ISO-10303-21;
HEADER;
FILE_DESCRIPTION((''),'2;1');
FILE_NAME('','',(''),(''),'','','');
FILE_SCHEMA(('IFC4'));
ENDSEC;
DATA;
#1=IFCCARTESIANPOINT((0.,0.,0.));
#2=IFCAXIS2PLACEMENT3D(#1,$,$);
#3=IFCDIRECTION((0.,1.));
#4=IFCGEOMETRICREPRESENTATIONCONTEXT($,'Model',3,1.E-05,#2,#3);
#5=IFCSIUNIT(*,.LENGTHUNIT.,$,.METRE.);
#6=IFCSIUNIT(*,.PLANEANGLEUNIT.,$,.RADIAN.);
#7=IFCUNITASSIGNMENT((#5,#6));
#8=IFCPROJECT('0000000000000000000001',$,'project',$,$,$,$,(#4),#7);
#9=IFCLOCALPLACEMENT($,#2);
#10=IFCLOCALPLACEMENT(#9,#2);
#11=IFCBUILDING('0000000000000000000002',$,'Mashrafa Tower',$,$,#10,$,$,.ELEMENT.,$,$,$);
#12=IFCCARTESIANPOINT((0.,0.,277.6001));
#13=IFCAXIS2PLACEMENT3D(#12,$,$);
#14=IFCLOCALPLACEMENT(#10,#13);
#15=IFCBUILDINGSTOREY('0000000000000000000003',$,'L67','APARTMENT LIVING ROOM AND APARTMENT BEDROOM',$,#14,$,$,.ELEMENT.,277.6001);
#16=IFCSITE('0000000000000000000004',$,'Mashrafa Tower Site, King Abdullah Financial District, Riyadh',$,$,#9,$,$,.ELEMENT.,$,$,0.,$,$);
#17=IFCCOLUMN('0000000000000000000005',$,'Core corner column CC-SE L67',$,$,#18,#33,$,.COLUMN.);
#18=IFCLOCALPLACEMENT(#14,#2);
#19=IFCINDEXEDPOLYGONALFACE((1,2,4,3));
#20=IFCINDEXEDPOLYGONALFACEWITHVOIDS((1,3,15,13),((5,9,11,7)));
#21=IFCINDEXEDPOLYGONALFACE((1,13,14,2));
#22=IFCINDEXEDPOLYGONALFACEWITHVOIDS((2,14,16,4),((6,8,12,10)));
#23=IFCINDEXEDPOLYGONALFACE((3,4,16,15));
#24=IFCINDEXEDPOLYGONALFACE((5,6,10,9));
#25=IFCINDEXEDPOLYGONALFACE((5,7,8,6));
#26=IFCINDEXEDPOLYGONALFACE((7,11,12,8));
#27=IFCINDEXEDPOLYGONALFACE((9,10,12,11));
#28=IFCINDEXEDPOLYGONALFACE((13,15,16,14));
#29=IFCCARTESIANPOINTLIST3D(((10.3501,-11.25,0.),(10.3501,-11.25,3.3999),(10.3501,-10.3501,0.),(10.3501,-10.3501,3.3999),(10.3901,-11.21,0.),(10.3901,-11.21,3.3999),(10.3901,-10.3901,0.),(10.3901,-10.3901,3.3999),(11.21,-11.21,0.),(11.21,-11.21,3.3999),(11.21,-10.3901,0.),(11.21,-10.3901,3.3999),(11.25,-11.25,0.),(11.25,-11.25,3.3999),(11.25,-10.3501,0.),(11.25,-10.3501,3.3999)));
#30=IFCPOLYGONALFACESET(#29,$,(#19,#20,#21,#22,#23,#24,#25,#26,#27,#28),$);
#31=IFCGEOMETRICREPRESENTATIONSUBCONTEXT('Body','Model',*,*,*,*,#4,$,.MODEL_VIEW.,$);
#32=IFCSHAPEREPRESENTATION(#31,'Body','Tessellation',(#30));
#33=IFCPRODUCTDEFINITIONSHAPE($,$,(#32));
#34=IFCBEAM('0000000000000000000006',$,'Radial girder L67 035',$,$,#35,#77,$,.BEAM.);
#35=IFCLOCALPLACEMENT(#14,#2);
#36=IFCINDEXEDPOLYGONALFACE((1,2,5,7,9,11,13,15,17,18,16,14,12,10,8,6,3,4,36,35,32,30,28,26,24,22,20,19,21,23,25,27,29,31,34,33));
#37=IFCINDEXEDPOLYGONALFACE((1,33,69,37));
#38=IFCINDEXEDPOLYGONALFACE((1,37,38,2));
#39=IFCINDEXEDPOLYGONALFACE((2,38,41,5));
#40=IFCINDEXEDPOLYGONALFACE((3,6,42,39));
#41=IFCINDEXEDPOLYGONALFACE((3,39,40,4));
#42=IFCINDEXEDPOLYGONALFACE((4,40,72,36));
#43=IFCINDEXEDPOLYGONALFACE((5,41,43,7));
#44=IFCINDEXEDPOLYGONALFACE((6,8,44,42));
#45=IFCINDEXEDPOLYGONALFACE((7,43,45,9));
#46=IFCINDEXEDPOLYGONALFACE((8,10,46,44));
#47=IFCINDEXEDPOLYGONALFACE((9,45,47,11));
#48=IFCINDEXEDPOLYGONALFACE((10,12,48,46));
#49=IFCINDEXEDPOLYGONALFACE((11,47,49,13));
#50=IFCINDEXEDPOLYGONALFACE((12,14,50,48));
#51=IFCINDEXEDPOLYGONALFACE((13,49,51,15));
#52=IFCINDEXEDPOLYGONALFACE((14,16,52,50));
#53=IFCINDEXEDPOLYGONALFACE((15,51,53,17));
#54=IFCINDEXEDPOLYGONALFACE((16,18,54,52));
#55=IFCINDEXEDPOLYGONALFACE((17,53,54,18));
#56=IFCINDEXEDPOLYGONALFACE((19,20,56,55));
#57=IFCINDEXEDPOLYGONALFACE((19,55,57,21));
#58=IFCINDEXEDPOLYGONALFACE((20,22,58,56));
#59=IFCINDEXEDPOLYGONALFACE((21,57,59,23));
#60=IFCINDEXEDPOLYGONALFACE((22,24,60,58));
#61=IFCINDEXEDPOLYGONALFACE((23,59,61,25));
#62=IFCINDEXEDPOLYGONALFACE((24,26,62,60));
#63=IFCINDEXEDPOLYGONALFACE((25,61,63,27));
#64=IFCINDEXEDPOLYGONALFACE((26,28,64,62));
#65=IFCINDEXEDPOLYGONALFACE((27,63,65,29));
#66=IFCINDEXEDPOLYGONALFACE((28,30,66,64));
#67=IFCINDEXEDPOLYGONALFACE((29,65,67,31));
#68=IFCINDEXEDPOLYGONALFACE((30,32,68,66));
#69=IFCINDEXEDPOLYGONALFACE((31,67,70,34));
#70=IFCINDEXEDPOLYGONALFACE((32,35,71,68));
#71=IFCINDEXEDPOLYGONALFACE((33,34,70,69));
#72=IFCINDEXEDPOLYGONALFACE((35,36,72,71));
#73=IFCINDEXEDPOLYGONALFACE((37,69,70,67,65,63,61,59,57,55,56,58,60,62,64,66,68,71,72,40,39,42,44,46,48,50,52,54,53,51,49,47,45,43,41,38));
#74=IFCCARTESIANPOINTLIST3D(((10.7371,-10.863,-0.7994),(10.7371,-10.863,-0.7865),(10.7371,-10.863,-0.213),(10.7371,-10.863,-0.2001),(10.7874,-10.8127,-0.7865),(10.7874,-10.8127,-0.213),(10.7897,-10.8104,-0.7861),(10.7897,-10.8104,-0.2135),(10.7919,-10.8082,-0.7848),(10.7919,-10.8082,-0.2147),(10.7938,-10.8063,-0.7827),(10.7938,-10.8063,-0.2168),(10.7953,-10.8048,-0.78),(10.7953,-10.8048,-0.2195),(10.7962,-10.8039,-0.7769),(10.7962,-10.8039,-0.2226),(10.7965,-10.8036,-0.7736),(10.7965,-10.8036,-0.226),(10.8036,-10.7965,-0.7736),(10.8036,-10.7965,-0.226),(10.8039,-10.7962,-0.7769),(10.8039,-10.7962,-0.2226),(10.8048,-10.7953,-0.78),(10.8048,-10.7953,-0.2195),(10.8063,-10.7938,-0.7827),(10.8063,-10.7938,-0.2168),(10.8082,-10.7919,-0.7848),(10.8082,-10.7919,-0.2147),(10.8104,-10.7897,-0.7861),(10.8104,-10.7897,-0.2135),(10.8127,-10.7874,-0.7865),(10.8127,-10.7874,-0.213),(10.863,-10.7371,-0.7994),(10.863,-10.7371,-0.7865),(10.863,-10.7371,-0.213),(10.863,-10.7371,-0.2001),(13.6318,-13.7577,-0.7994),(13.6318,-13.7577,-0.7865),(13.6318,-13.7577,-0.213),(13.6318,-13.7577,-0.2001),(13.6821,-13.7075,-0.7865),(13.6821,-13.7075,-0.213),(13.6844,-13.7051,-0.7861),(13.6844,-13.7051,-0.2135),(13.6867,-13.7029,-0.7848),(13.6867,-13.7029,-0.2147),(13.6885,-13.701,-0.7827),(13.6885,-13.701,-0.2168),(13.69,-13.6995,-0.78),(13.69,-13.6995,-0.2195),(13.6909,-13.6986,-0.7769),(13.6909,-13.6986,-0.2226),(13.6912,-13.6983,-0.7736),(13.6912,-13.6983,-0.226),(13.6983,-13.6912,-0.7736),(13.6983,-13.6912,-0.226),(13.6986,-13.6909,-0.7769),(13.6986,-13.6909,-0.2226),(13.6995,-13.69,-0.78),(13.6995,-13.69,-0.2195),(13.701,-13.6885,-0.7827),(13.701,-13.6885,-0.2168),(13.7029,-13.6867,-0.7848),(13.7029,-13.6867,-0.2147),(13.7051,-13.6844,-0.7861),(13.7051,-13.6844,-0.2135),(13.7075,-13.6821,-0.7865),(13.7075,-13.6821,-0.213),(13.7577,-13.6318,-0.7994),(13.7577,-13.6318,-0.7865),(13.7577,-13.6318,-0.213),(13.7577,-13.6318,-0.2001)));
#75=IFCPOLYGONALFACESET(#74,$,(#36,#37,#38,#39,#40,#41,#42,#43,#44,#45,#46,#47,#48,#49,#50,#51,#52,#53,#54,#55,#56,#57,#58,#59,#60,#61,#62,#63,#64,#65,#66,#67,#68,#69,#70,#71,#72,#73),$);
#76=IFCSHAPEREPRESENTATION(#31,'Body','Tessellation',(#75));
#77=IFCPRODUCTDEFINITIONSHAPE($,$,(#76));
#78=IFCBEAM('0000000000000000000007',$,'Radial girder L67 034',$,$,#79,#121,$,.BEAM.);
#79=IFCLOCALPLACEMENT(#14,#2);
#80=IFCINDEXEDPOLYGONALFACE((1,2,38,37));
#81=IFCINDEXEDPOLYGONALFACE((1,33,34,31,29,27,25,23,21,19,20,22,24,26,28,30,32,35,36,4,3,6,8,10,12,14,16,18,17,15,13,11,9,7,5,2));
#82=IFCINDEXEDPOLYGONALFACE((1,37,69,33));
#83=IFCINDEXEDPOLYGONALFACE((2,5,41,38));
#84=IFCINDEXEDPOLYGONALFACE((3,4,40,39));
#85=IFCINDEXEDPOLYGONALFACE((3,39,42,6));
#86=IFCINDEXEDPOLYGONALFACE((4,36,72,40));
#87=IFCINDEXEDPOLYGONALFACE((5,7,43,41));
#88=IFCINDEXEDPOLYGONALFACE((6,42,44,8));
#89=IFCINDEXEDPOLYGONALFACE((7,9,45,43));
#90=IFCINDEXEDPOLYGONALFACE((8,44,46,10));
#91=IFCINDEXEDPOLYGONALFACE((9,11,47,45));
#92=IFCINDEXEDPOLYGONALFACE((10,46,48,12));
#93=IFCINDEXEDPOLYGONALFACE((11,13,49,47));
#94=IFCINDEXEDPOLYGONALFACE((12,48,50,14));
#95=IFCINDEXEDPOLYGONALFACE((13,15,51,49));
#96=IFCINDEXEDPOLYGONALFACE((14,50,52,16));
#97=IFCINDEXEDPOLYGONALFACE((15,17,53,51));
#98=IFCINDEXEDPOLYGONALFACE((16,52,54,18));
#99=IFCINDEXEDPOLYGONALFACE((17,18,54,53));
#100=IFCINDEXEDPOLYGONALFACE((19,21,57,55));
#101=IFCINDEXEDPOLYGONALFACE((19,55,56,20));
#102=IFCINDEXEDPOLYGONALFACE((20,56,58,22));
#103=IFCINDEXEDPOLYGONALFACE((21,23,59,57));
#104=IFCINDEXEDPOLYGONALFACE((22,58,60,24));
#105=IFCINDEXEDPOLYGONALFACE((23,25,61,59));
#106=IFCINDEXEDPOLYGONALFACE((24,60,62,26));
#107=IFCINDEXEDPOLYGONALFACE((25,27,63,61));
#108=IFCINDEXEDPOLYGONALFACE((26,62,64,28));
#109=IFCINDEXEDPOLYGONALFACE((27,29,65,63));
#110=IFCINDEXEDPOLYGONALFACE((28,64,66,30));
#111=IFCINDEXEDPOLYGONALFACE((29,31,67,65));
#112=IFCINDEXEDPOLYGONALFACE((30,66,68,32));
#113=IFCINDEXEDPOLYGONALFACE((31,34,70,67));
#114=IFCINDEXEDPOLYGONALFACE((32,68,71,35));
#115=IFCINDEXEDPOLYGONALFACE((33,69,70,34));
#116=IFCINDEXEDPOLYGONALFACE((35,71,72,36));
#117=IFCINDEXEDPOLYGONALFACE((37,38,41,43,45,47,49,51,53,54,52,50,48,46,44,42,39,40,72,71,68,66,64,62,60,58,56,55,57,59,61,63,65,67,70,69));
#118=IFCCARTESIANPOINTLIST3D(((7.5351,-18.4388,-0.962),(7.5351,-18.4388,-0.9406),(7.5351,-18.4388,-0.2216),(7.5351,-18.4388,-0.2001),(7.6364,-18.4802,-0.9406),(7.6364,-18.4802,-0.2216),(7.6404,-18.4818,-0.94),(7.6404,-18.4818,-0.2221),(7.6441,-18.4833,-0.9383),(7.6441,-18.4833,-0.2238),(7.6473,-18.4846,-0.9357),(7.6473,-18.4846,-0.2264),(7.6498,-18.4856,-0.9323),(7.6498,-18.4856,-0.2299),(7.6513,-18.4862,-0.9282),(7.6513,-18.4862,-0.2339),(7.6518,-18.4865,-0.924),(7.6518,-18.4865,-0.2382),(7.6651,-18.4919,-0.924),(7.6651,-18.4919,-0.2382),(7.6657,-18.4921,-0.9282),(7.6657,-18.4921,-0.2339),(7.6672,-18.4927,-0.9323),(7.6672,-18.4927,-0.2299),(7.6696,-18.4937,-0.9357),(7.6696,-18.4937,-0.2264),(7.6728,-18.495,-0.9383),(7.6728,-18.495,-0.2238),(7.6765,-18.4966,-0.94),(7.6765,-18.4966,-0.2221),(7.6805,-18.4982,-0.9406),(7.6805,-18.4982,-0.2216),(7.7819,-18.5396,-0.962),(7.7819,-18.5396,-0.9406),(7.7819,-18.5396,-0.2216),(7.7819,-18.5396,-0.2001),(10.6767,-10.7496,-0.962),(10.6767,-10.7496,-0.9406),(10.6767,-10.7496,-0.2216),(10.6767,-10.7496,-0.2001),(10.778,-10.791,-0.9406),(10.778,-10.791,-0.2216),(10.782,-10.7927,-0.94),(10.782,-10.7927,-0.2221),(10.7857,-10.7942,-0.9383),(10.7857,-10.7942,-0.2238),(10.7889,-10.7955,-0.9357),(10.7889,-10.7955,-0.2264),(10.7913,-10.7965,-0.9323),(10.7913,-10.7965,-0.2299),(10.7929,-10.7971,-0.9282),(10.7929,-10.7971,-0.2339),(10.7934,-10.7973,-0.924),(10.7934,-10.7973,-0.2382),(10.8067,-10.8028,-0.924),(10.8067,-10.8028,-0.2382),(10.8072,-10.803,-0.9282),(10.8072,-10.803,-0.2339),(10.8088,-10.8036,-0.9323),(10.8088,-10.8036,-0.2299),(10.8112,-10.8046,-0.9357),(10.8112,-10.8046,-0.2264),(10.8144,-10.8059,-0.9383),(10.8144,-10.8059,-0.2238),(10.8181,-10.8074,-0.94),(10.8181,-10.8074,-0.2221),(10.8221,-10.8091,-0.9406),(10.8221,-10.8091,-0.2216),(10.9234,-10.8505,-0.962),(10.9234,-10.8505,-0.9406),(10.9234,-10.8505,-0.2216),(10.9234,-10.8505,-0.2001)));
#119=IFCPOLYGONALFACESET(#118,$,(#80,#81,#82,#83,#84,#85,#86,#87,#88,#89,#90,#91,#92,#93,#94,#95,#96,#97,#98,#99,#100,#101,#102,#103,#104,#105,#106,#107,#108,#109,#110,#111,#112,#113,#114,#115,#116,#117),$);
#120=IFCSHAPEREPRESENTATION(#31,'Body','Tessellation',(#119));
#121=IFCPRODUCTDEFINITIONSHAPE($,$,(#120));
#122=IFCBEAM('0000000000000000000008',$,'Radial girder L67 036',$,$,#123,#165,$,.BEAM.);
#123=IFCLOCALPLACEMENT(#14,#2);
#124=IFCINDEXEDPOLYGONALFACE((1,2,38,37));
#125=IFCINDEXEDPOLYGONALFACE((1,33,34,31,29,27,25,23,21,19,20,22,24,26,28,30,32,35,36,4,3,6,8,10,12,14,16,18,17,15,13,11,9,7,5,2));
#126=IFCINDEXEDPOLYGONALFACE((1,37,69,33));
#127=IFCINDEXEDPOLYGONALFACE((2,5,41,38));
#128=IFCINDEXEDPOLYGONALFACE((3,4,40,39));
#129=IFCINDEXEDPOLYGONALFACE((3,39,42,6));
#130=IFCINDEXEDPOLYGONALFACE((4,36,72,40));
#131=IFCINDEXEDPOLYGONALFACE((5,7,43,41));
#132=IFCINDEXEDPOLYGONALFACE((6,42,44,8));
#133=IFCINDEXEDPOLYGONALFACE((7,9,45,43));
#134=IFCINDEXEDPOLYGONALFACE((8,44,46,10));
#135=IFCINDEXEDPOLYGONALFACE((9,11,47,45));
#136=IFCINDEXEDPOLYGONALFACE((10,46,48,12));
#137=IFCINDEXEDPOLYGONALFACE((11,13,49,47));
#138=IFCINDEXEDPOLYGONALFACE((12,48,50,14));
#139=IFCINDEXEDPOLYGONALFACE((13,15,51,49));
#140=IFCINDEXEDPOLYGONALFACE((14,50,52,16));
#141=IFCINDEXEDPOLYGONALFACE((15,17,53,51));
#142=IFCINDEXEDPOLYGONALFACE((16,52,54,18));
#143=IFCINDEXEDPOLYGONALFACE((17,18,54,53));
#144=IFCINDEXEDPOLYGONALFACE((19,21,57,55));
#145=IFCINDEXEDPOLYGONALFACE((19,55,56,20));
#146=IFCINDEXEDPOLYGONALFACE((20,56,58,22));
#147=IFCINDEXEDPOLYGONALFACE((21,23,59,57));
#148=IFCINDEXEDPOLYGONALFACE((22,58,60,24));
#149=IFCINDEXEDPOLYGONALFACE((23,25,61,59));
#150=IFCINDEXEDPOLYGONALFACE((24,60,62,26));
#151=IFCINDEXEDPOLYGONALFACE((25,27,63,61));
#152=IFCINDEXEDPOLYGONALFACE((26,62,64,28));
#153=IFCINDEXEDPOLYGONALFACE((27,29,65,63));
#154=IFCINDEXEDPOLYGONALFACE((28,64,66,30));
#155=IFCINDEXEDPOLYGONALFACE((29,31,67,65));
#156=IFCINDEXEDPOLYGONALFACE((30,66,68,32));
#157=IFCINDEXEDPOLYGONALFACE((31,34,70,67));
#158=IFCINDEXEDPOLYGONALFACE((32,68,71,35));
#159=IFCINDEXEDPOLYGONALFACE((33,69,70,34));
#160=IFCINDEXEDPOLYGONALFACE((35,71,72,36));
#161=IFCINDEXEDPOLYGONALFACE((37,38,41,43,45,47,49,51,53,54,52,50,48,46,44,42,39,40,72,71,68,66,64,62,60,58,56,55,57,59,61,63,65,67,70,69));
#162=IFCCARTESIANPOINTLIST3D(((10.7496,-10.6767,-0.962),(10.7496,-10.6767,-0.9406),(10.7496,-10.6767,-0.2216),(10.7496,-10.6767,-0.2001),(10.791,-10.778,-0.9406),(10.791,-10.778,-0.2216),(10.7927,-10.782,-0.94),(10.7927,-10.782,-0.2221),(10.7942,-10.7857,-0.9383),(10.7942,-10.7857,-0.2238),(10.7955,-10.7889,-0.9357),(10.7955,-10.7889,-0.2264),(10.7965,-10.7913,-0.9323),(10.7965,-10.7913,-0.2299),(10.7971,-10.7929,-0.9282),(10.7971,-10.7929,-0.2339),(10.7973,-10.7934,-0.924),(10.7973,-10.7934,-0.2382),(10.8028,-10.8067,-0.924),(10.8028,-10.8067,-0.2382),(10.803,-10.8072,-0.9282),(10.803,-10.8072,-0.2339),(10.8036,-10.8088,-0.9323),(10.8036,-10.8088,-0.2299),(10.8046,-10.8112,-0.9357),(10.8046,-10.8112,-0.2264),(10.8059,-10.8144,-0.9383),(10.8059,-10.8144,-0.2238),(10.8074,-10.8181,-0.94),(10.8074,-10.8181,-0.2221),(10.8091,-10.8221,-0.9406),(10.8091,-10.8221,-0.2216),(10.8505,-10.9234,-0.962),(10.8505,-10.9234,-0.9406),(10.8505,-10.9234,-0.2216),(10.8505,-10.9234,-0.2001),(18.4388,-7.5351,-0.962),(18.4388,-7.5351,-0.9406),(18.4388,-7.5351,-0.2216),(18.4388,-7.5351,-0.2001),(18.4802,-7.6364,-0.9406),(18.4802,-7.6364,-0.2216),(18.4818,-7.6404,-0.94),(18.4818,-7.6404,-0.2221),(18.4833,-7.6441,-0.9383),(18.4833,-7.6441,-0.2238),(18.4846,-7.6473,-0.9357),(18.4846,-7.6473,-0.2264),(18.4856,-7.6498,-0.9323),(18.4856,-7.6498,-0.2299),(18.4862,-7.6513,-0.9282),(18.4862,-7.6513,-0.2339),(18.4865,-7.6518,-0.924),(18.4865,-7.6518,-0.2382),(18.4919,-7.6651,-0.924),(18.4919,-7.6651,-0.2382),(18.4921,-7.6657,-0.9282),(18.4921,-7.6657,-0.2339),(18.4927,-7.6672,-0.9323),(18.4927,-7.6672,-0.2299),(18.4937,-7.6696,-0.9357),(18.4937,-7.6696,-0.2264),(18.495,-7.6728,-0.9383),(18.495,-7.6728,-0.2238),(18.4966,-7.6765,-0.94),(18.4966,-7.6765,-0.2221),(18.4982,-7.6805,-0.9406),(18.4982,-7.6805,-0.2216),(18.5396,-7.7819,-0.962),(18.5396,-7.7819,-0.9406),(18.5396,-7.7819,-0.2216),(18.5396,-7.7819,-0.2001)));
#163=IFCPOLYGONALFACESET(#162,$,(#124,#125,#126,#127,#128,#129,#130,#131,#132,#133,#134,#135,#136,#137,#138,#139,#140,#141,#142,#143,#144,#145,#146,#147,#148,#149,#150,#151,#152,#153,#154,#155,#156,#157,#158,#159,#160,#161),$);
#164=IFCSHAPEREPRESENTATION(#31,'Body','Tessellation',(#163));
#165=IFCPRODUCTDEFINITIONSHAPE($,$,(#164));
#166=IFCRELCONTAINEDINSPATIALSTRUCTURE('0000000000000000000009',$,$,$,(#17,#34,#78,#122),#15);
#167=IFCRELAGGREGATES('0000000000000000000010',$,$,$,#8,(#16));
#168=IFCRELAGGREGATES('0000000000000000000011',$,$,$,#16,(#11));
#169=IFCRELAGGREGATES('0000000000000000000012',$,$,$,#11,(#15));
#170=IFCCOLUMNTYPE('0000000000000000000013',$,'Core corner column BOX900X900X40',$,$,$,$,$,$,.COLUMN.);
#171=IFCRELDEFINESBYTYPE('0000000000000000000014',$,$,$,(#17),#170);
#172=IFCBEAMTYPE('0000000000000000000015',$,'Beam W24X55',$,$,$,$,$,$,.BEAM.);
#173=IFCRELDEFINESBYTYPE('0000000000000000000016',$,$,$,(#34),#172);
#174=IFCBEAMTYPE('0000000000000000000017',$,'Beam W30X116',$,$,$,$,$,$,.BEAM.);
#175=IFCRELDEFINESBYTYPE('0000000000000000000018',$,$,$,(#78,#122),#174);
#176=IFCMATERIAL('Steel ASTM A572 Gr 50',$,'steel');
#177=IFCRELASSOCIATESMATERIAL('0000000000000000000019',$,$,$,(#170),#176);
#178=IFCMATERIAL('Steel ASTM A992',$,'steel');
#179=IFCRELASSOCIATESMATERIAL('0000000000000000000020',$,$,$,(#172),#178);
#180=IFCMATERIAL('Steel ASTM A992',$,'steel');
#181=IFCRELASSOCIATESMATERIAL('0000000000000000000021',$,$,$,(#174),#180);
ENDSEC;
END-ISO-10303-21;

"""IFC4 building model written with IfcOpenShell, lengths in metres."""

from ifc_helpers import new_model, si_unit, direction, frame, origin, origin_2d, place, context, subcontext, project, spatial, hollow_rectangle, i_section, extrude, material, material_profile, profile_set, type_object, element, save


model = new_model("IFC4")

# Units and contexts
model_context = context("Model", 3, precision=1e-05, world=origin(), true_north=direction((0.0, 1.0)))
body_context = subcontext(model_context, "Body", "Model", "MODEL_VIEW")
ifc_project = project(units=[si_unit("LENGTHUNIT", "METRE"), si_unit("PLANEANGLEUNIT", "RADIAN")], contexts=[model_context])

# Site, building, storey
site_placement = place(None, origin())
site = spatial("IfcSite", under=ifc_project, at=site_placement, Name="Mashrafa Tower Site, King Abdullah Financial District, Riyadh", CompositionType="ELEMENT", RefElevation=0.0)
building_placement = place(site_placement, origin())
building = spatial("IfcBuilding", under=site, at=building_placement, Name="Mashrafa Tower", CompositionType="ELEMENT")
storey_placement = place(building_placement, frame((0.0, 0.0, 277.6001)))
storey = spatial("IfcBuildingStorey", under=building, at=storey_placement, Name="L67", Description="APARTMENT LIVING ROOM AND APARTMENT BEDROOM", CompositionType="ELEMENT", Elevation=277.6001)

# Column
ifc_material_1 = material(Name="Steel ASTM A572 Gr 50", Category="steel")
ifc_material_profile_1 = material_profile(ifc_material_1, hollow_rectangle(XDim=0.8999, YDim=0.8999, WallThickness=0.04, at=origin_2d()), Name="BOX900X900X40")
ifc_profile_set_1 = profile_set([ifc_material_profile_1], Name="Steel ASTM A572 Gr 50")
column_type = type_object("IfcColumnType", Name="Core corner column BOX900X900X40", PredefinedType="COLUMN", material=ifc_profile_set_1)
column_placement = place(storey_placement, frame((10.8, -10.8, 0.0), z_axis=(0.0, 0.0, 1.0), x_axis=(1.0, 0.0, 0.0)))
element("IfcColumn", 1, at=column_placement, inside=storey, type_object=column_type, Name="Core corner column CC-SE L67", PredefinedType="COLUMN", context=body_context, shape_type="SweptSolid", body=[
    extrude(hollow_rectangle(XDim=0.8999, YDim=0.8999, WallThickness=0.04, at=origin_2d()), origin(), (0.0, 0.0, 1.0), 3.3999),
])

# Beams
ifc_material_2 = material(Name="Steel ASTM A992", Category="steel")
ifc_material_profile_2 = material_profile(ifc_material_2, i_section(OverallWidth=0.178, OverallDepth=0.5994, WebThickness=0.01, FlangeThickness=0.0129, FilletRadius=0.0129, at=origin_2d()), Name="W24X55")
ifc_profile_set_2 = profile_set([ifc_material_profile_2], Name="Steel ASTM A992")
beam_type_1 = type_object("IfcBeamType", Name="Beam W24X55", PredefinedType="BEAM", material=ifc_profile_set_2)
beam_1_placement = place(storey_placement, frame((10.8, -10.8, -0.4998), z_axis=(0.707107, -0.707107, 0.0), x_axis=(0.707107, 0.707107, 0.0)))
element("IfcBeam", 2, at=beam_1_placement, inside=storey, type_object=beam_type_1, Name="Radial girder L67 035", PredefinedType="BEAM", context=body_context, shape_type="SweptSolid", body=[
    extrude(i_section(OverallWidth=0.178, OverallDepth=0.5994, WebThickness=0.01, FlangeThickness=0.0129, FilletRadius=0.0129, at=origin_2d()), origin(), (0.0, 0.0, 1.0), 4.0938),
])
ifc_material_3 = material(Name="Steel ASTM A992", Category="steel")
ifc_material_profile_3 = material_profile(ifc_material_3, i_section(OverallWidth=0.2666, OverallDepth=0.762, WebThickness=0.0144, FlangeThickness=0.0215, FilletRadius=0.0166, at=origin_2d()), Name="W30X116")
ifc_profile_set_3 = profile_set([ifc_material_profile_3], Name="Steel ASTM A992")
beam_type_2 = type_object("IfcBeamType", Name="Beam W30X116", PredefinedType="BEAM", material=ifc_profile_set_3)
for number, where, z_axis, x_axis, name in (
    (3, (10.8, -10.8, -0.5811), (-0.378222, -0.925715, 0.0), (0.925715, -0.378222, 0.0), "Radial girder L67 034"),
    (4, (10.8, -10.8, -0.5811), (0.925715, 0.378222, 0.0), (-0.378222, 0.925715, 0.0), "Radial girder L67 036"),
):
    element("IfcBeam", number, at=place(storey_placement, frame(where, z_axis=z_axis, x_axis=x_axis)), inside=storey, type_object=beam_type_2, Name=name, PredefinedType="BEAM", context=body_context, shape_type="SweptSolid", body=[
        extrude(i_section(OverallWidth=0.2666, OverallDepth=0.762, WebThickness=0.0144, FlangeThickness=0.0215, FilletRadius=0.0166, at=origin_2d()), origin(), (0.0, 0.0, 1.0), 8.3062),
    ])

save(model, "model.ifc")
